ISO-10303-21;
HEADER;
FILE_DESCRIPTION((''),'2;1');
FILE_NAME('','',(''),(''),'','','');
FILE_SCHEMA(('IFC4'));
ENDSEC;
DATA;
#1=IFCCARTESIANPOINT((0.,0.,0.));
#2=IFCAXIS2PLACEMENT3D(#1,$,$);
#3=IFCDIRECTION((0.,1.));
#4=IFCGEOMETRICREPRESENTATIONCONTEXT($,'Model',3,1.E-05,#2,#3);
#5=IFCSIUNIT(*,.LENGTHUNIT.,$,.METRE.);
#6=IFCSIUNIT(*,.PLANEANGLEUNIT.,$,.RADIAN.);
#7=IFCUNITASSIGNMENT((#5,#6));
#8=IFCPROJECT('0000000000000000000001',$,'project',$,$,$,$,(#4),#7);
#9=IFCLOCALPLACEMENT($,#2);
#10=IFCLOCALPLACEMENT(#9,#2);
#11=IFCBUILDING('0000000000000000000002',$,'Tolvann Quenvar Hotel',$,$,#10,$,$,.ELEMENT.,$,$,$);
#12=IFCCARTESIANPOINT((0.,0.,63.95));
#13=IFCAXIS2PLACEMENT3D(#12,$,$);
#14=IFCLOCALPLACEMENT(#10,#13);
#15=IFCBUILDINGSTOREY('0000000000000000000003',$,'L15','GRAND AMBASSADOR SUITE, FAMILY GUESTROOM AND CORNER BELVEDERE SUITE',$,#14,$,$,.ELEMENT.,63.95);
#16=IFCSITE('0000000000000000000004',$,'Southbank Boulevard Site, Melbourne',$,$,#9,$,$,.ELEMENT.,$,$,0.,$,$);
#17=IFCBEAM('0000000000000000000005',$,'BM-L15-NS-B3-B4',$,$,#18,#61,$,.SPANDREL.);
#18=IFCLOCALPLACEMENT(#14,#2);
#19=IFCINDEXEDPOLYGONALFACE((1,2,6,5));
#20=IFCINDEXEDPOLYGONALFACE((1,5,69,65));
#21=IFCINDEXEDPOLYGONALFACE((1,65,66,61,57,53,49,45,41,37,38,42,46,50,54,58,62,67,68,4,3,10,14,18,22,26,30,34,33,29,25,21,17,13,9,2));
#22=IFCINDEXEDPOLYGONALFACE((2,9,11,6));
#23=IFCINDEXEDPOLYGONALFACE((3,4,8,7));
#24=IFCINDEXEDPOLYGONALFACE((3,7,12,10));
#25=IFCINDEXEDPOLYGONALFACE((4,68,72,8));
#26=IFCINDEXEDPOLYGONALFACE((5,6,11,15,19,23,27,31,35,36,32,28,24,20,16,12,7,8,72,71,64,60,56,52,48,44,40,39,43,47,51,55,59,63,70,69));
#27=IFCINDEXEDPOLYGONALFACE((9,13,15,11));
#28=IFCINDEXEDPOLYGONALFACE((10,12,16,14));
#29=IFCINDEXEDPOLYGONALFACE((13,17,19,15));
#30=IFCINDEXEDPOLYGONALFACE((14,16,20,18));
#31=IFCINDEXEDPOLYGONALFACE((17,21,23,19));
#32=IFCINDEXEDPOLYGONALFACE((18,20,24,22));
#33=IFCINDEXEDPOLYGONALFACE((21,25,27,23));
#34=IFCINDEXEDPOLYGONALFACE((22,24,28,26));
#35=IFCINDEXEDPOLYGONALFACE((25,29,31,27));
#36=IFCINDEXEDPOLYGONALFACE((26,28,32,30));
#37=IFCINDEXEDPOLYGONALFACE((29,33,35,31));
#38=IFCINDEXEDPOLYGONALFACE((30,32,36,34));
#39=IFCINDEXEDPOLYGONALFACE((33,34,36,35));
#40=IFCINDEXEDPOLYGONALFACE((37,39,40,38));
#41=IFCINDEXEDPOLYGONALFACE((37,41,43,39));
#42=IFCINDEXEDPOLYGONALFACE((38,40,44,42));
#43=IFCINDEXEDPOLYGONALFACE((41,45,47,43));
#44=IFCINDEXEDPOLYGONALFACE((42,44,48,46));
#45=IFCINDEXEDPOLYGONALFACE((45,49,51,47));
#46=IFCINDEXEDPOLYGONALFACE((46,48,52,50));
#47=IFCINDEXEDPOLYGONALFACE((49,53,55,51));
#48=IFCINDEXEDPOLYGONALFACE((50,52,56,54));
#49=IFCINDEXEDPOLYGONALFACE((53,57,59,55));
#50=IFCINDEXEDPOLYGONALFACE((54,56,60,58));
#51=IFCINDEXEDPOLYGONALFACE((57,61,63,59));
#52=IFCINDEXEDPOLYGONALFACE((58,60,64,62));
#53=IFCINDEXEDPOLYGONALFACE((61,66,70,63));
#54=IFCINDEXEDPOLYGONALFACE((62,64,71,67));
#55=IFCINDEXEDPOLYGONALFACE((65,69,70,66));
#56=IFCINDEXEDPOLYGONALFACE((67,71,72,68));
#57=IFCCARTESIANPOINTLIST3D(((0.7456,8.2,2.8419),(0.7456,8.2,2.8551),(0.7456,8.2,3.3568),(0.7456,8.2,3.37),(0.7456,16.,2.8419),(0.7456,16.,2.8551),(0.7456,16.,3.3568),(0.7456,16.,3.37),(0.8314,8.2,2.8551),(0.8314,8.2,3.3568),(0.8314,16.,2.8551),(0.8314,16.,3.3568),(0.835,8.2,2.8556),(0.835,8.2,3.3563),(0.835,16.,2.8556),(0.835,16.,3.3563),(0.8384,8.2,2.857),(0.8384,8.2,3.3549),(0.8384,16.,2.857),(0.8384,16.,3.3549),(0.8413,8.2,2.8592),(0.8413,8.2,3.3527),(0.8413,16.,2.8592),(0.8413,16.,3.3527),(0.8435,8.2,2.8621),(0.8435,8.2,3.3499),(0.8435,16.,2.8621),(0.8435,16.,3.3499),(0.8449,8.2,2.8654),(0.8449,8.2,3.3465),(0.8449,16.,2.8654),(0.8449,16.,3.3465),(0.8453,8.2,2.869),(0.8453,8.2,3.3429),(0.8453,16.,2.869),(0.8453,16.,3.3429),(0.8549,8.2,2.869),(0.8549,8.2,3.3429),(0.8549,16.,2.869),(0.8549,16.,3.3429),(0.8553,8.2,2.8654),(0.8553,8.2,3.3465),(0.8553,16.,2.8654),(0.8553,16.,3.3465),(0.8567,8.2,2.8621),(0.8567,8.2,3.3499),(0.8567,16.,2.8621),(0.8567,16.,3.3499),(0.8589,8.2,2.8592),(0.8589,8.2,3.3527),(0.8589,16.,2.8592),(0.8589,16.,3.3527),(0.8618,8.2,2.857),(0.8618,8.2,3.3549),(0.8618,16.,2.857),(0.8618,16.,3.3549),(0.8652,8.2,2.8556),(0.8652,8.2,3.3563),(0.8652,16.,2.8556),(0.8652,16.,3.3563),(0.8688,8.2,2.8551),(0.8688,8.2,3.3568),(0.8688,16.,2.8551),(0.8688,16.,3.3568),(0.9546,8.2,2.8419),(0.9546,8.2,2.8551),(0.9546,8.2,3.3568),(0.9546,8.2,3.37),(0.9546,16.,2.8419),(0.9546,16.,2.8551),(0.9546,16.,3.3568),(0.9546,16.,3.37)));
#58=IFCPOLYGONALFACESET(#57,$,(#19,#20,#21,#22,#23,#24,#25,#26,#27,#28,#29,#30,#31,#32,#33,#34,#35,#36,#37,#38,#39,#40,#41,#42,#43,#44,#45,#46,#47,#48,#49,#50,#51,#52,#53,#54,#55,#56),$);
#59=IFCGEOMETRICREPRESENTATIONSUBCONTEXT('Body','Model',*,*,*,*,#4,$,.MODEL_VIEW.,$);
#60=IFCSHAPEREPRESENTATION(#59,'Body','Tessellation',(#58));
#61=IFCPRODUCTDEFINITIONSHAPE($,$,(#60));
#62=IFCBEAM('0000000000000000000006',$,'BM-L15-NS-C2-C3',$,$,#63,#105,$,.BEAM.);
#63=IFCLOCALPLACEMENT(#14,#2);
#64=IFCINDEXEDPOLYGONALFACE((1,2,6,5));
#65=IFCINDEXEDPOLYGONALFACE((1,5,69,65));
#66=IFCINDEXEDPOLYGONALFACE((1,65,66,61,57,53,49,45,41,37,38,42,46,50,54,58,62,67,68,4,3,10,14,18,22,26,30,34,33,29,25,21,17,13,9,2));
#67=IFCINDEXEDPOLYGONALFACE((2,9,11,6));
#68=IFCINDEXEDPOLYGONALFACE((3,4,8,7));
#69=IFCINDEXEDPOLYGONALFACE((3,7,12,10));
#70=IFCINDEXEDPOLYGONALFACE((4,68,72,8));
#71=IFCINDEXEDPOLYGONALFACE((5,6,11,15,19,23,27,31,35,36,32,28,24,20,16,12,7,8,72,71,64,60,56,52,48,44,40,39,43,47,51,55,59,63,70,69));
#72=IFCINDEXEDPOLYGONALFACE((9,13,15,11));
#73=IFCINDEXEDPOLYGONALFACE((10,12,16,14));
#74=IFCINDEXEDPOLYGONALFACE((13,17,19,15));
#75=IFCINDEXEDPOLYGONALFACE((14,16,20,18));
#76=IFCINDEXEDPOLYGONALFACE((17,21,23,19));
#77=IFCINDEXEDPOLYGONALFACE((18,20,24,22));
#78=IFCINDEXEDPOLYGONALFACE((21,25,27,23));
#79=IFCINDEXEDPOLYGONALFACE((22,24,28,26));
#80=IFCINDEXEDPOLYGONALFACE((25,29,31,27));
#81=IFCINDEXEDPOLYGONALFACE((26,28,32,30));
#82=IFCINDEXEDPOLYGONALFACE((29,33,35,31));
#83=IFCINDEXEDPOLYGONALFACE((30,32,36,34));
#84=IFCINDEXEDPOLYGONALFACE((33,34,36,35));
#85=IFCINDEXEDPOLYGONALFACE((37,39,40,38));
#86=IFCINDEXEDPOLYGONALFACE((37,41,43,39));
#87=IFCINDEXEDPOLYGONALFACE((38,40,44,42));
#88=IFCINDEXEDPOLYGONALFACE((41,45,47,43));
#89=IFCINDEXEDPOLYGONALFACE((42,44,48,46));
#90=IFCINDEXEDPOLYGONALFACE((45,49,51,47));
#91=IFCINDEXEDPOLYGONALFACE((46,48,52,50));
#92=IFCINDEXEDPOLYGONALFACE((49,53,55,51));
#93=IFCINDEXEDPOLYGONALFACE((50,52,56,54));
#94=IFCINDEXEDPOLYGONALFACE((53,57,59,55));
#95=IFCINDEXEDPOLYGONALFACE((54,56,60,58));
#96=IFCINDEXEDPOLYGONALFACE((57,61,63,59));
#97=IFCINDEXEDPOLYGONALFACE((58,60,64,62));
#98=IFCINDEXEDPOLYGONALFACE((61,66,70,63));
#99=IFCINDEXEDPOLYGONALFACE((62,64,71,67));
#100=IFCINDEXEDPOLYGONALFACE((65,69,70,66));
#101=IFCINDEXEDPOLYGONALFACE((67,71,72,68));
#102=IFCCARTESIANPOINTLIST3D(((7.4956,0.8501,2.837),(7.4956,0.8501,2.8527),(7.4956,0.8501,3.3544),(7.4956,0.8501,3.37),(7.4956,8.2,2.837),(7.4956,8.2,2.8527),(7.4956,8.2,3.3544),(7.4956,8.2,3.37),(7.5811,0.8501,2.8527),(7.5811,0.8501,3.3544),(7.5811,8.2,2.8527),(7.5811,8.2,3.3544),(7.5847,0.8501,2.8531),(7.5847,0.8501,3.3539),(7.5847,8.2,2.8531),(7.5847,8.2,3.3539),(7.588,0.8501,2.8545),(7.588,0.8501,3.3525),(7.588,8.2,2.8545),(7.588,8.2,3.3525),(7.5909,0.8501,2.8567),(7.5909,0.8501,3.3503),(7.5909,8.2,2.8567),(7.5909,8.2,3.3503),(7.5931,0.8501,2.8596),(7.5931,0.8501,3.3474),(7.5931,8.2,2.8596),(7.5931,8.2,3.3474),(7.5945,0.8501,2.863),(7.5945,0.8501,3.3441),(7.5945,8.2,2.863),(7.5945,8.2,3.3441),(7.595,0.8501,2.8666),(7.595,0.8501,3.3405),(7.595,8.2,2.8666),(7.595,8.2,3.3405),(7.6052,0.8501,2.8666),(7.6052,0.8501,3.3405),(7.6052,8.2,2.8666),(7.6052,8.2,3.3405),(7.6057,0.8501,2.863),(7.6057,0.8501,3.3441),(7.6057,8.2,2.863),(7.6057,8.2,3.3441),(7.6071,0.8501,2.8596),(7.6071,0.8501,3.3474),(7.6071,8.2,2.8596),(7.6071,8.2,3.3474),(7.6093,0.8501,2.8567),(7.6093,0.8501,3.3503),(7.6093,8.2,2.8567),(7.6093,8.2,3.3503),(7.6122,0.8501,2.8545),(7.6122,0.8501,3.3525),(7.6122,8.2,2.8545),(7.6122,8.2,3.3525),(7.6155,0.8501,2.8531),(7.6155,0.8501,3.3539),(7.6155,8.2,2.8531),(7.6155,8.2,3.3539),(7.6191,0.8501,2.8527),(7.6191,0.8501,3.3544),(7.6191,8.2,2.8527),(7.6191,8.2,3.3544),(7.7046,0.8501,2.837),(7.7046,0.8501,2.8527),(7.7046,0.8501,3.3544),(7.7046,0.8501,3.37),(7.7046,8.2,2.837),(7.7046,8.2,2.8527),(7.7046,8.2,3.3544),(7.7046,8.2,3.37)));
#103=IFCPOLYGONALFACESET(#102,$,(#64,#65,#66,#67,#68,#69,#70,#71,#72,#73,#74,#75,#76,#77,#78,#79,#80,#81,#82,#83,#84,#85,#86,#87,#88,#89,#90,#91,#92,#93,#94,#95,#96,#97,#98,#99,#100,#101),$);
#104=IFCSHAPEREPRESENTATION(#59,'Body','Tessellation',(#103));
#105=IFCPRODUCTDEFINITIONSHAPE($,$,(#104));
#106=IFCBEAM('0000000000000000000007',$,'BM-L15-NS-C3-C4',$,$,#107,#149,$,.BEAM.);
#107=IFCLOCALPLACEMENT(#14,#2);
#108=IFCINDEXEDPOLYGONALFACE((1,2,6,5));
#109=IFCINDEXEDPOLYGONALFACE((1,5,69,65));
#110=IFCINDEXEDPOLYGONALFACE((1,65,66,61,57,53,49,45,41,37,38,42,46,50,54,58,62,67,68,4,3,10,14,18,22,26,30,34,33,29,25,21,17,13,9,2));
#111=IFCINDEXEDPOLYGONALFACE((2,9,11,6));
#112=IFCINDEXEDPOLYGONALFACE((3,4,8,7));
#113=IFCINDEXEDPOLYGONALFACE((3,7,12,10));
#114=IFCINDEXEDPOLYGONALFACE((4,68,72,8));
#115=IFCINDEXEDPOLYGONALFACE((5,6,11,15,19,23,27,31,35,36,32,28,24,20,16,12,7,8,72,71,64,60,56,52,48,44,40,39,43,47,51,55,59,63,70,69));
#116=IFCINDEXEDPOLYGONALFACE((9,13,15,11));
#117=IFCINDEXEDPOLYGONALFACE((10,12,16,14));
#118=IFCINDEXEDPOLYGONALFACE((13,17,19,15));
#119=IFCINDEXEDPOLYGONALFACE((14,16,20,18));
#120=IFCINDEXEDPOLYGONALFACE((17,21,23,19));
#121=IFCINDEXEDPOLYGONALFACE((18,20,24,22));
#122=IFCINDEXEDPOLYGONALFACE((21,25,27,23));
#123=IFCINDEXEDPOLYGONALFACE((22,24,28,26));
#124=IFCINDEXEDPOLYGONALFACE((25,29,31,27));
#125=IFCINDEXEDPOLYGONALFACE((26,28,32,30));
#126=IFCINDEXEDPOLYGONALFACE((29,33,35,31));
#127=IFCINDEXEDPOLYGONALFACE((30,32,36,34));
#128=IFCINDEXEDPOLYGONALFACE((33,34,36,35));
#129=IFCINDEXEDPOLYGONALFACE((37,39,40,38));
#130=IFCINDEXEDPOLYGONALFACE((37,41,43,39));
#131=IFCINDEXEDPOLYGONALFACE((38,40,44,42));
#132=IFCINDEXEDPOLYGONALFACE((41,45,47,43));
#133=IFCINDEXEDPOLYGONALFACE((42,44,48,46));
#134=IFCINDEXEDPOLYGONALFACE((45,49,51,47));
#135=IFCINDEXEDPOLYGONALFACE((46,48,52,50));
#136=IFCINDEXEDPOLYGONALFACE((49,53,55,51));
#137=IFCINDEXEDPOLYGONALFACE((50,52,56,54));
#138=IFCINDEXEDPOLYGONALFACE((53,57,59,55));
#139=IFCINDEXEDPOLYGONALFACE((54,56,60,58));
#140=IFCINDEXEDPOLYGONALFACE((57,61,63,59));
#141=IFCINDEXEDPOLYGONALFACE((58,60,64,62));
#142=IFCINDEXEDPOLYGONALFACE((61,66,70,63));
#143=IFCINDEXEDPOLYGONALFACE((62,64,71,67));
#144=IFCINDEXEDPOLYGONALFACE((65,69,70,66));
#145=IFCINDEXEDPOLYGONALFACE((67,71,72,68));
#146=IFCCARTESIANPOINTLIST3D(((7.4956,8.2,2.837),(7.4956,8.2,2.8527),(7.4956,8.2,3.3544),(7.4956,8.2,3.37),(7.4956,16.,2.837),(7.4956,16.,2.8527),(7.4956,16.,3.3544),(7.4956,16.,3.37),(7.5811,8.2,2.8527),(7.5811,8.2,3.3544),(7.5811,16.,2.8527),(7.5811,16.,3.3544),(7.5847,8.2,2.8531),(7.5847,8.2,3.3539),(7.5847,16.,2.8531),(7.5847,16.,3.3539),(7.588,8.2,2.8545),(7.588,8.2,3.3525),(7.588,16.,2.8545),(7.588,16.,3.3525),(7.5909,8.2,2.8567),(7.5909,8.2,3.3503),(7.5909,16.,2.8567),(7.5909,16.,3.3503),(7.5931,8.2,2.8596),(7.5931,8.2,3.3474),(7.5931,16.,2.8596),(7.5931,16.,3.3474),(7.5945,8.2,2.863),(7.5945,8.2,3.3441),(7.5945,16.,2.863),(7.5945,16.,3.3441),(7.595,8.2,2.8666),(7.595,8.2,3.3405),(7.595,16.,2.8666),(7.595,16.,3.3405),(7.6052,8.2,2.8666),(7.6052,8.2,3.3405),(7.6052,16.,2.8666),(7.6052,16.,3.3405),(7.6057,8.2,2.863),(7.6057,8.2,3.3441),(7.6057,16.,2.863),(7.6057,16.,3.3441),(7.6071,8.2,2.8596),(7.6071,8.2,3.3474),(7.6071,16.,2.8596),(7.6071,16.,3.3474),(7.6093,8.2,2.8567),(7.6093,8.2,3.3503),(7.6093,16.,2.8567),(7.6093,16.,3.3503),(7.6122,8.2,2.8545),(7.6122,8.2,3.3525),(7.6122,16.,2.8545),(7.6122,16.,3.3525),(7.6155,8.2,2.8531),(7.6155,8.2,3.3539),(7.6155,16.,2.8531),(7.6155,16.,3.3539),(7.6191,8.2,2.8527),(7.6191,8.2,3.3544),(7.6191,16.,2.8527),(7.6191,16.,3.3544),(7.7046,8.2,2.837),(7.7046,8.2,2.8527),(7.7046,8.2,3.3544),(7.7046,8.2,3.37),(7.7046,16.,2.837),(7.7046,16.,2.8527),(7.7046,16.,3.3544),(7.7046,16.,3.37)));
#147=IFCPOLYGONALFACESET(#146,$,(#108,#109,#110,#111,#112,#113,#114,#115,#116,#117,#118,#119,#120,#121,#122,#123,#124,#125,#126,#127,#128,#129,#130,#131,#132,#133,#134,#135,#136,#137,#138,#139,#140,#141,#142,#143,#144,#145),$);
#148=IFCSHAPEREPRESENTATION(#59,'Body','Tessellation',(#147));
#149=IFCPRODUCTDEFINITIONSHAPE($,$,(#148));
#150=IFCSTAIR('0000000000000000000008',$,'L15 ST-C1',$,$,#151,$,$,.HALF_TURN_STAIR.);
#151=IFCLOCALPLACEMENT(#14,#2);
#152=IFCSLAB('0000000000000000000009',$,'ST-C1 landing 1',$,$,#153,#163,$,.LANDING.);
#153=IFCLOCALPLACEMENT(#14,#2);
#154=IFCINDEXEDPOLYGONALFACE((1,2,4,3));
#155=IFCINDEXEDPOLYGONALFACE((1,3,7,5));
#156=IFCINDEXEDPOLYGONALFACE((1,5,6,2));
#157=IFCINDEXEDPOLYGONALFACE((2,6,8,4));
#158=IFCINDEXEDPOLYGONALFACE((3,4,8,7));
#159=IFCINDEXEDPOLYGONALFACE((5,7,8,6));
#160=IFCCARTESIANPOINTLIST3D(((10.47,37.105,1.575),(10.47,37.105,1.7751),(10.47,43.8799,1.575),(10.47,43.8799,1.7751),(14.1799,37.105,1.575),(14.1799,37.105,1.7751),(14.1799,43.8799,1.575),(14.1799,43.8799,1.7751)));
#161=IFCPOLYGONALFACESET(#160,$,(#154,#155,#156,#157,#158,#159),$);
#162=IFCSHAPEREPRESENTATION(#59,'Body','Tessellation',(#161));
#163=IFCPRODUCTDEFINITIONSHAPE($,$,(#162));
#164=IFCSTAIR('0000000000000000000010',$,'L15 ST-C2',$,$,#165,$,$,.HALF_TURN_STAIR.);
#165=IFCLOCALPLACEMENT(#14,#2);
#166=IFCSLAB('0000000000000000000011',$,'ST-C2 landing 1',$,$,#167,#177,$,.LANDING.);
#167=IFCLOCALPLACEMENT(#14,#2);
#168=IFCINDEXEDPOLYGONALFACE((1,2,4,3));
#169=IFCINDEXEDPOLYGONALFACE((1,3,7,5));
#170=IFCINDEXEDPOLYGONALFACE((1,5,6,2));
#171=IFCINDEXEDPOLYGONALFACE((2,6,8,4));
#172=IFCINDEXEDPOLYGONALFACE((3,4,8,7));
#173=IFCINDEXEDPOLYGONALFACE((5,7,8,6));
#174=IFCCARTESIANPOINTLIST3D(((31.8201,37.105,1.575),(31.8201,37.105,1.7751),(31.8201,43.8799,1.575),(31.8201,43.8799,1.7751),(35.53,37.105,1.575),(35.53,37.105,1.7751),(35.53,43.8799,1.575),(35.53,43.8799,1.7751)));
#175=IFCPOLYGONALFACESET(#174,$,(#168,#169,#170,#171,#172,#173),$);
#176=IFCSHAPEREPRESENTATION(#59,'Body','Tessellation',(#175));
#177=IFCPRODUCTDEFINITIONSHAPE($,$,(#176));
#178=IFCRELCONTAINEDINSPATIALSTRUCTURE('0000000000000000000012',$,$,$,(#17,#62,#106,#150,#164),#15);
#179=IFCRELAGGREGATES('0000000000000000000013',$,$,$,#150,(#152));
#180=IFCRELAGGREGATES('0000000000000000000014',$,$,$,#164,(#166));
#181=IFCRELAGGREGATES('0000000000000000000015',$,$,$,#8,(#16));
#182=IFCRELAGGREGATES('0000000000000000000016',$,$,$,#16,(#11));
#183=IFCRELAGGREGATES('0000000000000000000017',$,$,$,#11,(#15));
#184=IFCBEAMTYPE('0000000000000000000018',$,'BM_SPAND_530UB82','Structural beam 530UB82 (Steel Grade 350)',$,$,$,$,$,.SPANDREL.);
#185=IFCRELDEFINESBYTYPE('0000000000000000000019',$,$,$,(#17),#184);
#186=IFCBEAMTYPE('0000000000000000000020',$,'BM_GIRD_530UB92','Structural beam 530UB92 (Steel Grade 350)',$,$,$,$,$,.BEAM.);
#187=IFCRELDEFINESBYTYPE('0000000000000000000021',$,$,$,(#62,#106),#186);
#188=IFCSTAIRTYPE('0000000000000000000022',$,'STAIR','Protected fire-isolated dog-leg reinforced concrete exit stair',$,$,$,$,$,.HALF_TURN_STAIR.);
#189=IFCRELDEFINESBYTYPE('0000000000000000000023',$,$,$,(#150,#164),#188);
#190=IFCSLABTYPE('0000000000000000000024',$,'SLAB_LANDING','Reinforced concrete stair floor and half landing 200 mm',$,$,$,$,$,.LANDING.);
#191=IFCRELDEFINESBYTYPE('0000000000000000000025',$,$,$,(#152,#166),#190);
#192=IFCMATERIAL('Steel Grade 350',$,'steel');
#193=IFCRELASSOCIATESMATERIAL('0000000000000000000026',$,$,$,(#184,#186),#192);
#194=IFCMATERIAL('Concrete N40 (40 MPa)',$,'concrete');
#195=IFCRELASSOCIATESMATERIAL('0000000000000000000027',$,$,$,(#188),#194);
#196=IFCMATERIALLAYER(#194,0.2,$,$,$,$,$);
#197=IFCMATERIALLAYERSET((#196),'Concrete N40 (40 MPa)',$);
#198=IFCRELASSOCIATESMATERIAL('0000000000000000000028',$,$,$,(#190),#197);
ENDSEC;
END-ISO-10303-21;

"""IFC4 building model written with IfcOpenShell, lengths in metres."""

from ifc_helpers import new_model, si_unit, direction, frame, origin, origin_2d, place, context, subcontext, project, spatial, polyline, i_section, outline, extrude, source, transform, mapped, material, layer, layer_set, material_profile, profile_set, type_object, type_shapes, element, aggregate, save


model = new_model("IFC4")

# Units and contexts
model_context = context("Model", 3, precision=1e-05, world=origin(), true_north=direction((0.0, 1.0)))
body_context = subcontext(model_context, "Body", "Model", "MODEL_VIEW")
ifc_project = project(units=[si_unit("LENGTHUNIT", "METRE"), si_unit("PLANEANGLEUNIT", "RADIAN")], contexts=[model_context])

# Site, building, storey
site_placement = place(None, origin())
site = spatial("IfcSite", under=ifc_project, at=site_placement, Name="Southbank Boulevard Site, Melbourne", CompositionType="ELEMENT", RefElevation=0.0)
building_placement = place(site_placement, origin())
building = spatial("IfcBuilding", under=site, at=building_placement, Name="Tolvann Quenvar Hotel", CompositionType="ELEMENT")
storey_placement = place(building_placement, frame((0.0, 0.0, 63.95)))
storey = spatial("IfcBuildingStorey", under=building, at=storey_placement, Name="L15", Description="GRAND AMBASSADOR SUITE, FAMILY GUESTROOM AND CORNER BELVEDERE SUITE", CompositionType="ELEMENT", Elevation=63.95)

# Shared definitions
ifc_material_1 = material(Name="Steel Grade 350", Category="steel")

# Beams
ifc_material_profile_1 = material_profile(ifc_material_1, i_section(OverallWidth=0.209, OverallDepth=0.5281, WebThickness=0.0095, FlangeThickness=0.0132, FilletRadius=0.0139, at=origin_2d()), Name="530UB82")
ifc_profile_set_1 = profile_set([ifc_material_profile_1], Name="Steel Grade 350")
beam_type_1 = type_object("IfcBeamType", Name="BM_SPAND_530UB82", Description="Structural beam 530UB82 (Steel Grade 350)", PredefinedType="SPANDREL", material=ifc_profile_set_1)
shared_shape_1 = source(origin(), body_context, "Body", "SweptSolid", [
    extrude(i_section(OverallWidth=0.209, OverallDepth=0.5281, WebThickness=0.0095, FlangeThickness=0.0132, FilletRadius=0.0139, at=origin_2d()), origin(), (0.0, 0.0, 1.0), 7.8),
])
beam_1_placement = place(storey_placement, frame((0.8501, 8.2, 3.106), z_axis=(0.0, 1.0, 0.0), x_axis=(-1.0, 0.0, 0.0)))
element("IfcBeam", 1, at=beam_1_placement, inside=storey, type_object=beam_type_1, Name="BM-L15-NS-B3-B4", PredefinedType="SPANDREL", context=body_context, shape_type="MappedRepresentation", body=[
    mapped(shared_shape_1, transform((0.0, 0.0, 0.0), x_axis=(1.0, 0.0, 0.0), y_axis=(0.0, 1.0, 0.0), z_axis=(0.0, 0.0, 1.0), scale=1.0)),
])
ifc_material_profile_2 = material_profile(ifc_material_1, i_section(OverallWidth=0.209, OverallDepth=0.533, WebThickness=0.0103, FlangeThickness=0.0156, FilletRadius=0.0139, at=origin_2d()), Name="530UB92")
ifc_profile_set_2 = profile_set([ifc_material_profile_2], Name="Steel Grade 350")
beam_type_2 = type_object("IfcBeamType", Name="BM_GIRD_530UB92", Description="Structural beam 530UB92 (Steel Grade 350)", PredefinedType="BEAM", material=ifc_profile_set_2)
shared_shape_2 = source(origin(), body_context, "Body", "SweptSolid", [
    extrude(i_section(OverallWidth=0.209, OverallDepth=0.533, WebThickness=0.0103, FlangeThickness=0.0156, FilletRadius=0.0139, at=origin_2d()), origin(), (0.0, 0.0, 1.0), 7.3499),
])
beam_2_placement = place(storey_placement, frame((7.6001, 0.8501, 3.1035), z_axis=(0.0, 1.0, 0.0), x_axis=(-1.0, 0.0, 0.0)))
element("IfcBeam", 2, at=beam_2_placement, inside=storey, type_object=beam_type_2, Name="BM-L15-NS-C2-C3", PredefinedType="BEAM", context=body_context, shape_type="MappedRepresentation", body=[
    mapped(shared_shape_2, transform((0.0, 0.0, 0.0), x_axis=(1.0, 0.0, 0.0), y_axis=(0.0, 1.0, 0.0), z_axis=(0.0, 0.0, 1.0), scale=1.0)),
])
shared_shape_3 = source(origin(), body_context, "Body", "SweptSolid", [
    extrude(i_section(OverallWidth=0.209, OverallDepth=0.533, WebThickness=0.0103, FlangeThickness=0.0156, FilletRadius=0.0139, at=origin_2d()), origin(), (0.0, 0.0, 1.0), 7.8),
])
type_shapes(beam_type_2, [shared_shape_2, shared_shape_3])
beam_3_placement = place(storey_placement, frame((7.6001, 8.2, 3.1035), z_axis=(0.0, 1.0, 0.0), x_axis=(-1.0, 0.0, 0.0)))
element("IfcBeam", 3, at=beam_3_placement, inside=storey, type_object=beam_type_2, Name="BM-L15-NS-C3-C4", PredefinedType="BEAM", context=body_context, shape_type="MappedRepresentation", body=[
    mapped(shared_shape_3, transform((0.0, 0.0, 0.0), x_axis=(1.0, 0.0, 0.0), y_axis=(0.0, 1.0, 0.0), z_axis=(0.0, 0.0, 1.0), scale=1.0)),
])

# Stairs, slabs
ifc_material_2 = material(Name="Concrete N40 (40 MPa)", Category="concrete")
stair_type = type_object("IfcStairType", Name="STAIR", Description="Protected fire-isolated dog-leg reinforced concrete exit stair", PredefinedType="HALF_TURN_STAIR", material=ifc_material_2)
stair_1_placement = place(storey_placement, origin())
stair_1 = element("IfcStair", 4, at=stair_1_placement, inside=storey, type_object=stair_type, Name="L15 ST-C1", PredefinedType="HALF_TURN_STAIR")
ifc_layer_1 = layer(ifc_material_2, 0.2)
ifc_layer_set_1 = layer_set([ifc_layer_1], Name="Concrete N40 (40 MPa)")
slab_type_1 = type_object("IfcSlabType", Name="SLAB_LANDING", Description="Reinforced concrete stair floor and half landing 200 mm", PredefinedType="LANDING", material=ifc_layer_set_1)
slab_1_placement = place(storey_placement, frame((0.0, 0.0, 1.575)))
slab_1 = element("IfcSlab", 5, at=slab_1_placement, type_object=slab_type_1, Name="ST-C1 landing 1", PredefinedType="LANDING", context=body_context, shape_type="SweptSolid", body=[
    extrude(outline(polyline([(14.1799, 37.105), (14.1799, 43.8799), (10.47, 43.8799), (10.47, 37.105), (14.1799, 37.105)])), origin(), (0.0, 0.0, 1.0), 0.2002),
])
aggregate(stair_1, [slab_1])
stair_2_placement = place(storey_placement, origin())
stair_2 = element("IfcStair", 6, at=stair_2_placement, inside=storey, type_object=stair_type, Name="L15 ST-C2", PredefinedType="HALF_TURN_STAIR")
slab_2_placement = place(storey_placement, frame((0.0, 0.0, 1.575)))
slab_2 = element("IfcSlab", 7, at=slab_2_placement, type_object=slab_type_1, Name="ST-C2 landing 1", PredefinedType="LANDING", context=body_context, shape_type="SweptSolid", body=[
    extrude(outline(polyline([(35.53, 37.105), (35.53, 43.8799), (31.8201, 43.8799), (31.8201, 37.105), (35.53, 37.105)])), origin(), (0.0, 0.0, 1.0), 0.2002),
])
aggregate(stair_2, [slab_2])

save(model, "model.ifc")
